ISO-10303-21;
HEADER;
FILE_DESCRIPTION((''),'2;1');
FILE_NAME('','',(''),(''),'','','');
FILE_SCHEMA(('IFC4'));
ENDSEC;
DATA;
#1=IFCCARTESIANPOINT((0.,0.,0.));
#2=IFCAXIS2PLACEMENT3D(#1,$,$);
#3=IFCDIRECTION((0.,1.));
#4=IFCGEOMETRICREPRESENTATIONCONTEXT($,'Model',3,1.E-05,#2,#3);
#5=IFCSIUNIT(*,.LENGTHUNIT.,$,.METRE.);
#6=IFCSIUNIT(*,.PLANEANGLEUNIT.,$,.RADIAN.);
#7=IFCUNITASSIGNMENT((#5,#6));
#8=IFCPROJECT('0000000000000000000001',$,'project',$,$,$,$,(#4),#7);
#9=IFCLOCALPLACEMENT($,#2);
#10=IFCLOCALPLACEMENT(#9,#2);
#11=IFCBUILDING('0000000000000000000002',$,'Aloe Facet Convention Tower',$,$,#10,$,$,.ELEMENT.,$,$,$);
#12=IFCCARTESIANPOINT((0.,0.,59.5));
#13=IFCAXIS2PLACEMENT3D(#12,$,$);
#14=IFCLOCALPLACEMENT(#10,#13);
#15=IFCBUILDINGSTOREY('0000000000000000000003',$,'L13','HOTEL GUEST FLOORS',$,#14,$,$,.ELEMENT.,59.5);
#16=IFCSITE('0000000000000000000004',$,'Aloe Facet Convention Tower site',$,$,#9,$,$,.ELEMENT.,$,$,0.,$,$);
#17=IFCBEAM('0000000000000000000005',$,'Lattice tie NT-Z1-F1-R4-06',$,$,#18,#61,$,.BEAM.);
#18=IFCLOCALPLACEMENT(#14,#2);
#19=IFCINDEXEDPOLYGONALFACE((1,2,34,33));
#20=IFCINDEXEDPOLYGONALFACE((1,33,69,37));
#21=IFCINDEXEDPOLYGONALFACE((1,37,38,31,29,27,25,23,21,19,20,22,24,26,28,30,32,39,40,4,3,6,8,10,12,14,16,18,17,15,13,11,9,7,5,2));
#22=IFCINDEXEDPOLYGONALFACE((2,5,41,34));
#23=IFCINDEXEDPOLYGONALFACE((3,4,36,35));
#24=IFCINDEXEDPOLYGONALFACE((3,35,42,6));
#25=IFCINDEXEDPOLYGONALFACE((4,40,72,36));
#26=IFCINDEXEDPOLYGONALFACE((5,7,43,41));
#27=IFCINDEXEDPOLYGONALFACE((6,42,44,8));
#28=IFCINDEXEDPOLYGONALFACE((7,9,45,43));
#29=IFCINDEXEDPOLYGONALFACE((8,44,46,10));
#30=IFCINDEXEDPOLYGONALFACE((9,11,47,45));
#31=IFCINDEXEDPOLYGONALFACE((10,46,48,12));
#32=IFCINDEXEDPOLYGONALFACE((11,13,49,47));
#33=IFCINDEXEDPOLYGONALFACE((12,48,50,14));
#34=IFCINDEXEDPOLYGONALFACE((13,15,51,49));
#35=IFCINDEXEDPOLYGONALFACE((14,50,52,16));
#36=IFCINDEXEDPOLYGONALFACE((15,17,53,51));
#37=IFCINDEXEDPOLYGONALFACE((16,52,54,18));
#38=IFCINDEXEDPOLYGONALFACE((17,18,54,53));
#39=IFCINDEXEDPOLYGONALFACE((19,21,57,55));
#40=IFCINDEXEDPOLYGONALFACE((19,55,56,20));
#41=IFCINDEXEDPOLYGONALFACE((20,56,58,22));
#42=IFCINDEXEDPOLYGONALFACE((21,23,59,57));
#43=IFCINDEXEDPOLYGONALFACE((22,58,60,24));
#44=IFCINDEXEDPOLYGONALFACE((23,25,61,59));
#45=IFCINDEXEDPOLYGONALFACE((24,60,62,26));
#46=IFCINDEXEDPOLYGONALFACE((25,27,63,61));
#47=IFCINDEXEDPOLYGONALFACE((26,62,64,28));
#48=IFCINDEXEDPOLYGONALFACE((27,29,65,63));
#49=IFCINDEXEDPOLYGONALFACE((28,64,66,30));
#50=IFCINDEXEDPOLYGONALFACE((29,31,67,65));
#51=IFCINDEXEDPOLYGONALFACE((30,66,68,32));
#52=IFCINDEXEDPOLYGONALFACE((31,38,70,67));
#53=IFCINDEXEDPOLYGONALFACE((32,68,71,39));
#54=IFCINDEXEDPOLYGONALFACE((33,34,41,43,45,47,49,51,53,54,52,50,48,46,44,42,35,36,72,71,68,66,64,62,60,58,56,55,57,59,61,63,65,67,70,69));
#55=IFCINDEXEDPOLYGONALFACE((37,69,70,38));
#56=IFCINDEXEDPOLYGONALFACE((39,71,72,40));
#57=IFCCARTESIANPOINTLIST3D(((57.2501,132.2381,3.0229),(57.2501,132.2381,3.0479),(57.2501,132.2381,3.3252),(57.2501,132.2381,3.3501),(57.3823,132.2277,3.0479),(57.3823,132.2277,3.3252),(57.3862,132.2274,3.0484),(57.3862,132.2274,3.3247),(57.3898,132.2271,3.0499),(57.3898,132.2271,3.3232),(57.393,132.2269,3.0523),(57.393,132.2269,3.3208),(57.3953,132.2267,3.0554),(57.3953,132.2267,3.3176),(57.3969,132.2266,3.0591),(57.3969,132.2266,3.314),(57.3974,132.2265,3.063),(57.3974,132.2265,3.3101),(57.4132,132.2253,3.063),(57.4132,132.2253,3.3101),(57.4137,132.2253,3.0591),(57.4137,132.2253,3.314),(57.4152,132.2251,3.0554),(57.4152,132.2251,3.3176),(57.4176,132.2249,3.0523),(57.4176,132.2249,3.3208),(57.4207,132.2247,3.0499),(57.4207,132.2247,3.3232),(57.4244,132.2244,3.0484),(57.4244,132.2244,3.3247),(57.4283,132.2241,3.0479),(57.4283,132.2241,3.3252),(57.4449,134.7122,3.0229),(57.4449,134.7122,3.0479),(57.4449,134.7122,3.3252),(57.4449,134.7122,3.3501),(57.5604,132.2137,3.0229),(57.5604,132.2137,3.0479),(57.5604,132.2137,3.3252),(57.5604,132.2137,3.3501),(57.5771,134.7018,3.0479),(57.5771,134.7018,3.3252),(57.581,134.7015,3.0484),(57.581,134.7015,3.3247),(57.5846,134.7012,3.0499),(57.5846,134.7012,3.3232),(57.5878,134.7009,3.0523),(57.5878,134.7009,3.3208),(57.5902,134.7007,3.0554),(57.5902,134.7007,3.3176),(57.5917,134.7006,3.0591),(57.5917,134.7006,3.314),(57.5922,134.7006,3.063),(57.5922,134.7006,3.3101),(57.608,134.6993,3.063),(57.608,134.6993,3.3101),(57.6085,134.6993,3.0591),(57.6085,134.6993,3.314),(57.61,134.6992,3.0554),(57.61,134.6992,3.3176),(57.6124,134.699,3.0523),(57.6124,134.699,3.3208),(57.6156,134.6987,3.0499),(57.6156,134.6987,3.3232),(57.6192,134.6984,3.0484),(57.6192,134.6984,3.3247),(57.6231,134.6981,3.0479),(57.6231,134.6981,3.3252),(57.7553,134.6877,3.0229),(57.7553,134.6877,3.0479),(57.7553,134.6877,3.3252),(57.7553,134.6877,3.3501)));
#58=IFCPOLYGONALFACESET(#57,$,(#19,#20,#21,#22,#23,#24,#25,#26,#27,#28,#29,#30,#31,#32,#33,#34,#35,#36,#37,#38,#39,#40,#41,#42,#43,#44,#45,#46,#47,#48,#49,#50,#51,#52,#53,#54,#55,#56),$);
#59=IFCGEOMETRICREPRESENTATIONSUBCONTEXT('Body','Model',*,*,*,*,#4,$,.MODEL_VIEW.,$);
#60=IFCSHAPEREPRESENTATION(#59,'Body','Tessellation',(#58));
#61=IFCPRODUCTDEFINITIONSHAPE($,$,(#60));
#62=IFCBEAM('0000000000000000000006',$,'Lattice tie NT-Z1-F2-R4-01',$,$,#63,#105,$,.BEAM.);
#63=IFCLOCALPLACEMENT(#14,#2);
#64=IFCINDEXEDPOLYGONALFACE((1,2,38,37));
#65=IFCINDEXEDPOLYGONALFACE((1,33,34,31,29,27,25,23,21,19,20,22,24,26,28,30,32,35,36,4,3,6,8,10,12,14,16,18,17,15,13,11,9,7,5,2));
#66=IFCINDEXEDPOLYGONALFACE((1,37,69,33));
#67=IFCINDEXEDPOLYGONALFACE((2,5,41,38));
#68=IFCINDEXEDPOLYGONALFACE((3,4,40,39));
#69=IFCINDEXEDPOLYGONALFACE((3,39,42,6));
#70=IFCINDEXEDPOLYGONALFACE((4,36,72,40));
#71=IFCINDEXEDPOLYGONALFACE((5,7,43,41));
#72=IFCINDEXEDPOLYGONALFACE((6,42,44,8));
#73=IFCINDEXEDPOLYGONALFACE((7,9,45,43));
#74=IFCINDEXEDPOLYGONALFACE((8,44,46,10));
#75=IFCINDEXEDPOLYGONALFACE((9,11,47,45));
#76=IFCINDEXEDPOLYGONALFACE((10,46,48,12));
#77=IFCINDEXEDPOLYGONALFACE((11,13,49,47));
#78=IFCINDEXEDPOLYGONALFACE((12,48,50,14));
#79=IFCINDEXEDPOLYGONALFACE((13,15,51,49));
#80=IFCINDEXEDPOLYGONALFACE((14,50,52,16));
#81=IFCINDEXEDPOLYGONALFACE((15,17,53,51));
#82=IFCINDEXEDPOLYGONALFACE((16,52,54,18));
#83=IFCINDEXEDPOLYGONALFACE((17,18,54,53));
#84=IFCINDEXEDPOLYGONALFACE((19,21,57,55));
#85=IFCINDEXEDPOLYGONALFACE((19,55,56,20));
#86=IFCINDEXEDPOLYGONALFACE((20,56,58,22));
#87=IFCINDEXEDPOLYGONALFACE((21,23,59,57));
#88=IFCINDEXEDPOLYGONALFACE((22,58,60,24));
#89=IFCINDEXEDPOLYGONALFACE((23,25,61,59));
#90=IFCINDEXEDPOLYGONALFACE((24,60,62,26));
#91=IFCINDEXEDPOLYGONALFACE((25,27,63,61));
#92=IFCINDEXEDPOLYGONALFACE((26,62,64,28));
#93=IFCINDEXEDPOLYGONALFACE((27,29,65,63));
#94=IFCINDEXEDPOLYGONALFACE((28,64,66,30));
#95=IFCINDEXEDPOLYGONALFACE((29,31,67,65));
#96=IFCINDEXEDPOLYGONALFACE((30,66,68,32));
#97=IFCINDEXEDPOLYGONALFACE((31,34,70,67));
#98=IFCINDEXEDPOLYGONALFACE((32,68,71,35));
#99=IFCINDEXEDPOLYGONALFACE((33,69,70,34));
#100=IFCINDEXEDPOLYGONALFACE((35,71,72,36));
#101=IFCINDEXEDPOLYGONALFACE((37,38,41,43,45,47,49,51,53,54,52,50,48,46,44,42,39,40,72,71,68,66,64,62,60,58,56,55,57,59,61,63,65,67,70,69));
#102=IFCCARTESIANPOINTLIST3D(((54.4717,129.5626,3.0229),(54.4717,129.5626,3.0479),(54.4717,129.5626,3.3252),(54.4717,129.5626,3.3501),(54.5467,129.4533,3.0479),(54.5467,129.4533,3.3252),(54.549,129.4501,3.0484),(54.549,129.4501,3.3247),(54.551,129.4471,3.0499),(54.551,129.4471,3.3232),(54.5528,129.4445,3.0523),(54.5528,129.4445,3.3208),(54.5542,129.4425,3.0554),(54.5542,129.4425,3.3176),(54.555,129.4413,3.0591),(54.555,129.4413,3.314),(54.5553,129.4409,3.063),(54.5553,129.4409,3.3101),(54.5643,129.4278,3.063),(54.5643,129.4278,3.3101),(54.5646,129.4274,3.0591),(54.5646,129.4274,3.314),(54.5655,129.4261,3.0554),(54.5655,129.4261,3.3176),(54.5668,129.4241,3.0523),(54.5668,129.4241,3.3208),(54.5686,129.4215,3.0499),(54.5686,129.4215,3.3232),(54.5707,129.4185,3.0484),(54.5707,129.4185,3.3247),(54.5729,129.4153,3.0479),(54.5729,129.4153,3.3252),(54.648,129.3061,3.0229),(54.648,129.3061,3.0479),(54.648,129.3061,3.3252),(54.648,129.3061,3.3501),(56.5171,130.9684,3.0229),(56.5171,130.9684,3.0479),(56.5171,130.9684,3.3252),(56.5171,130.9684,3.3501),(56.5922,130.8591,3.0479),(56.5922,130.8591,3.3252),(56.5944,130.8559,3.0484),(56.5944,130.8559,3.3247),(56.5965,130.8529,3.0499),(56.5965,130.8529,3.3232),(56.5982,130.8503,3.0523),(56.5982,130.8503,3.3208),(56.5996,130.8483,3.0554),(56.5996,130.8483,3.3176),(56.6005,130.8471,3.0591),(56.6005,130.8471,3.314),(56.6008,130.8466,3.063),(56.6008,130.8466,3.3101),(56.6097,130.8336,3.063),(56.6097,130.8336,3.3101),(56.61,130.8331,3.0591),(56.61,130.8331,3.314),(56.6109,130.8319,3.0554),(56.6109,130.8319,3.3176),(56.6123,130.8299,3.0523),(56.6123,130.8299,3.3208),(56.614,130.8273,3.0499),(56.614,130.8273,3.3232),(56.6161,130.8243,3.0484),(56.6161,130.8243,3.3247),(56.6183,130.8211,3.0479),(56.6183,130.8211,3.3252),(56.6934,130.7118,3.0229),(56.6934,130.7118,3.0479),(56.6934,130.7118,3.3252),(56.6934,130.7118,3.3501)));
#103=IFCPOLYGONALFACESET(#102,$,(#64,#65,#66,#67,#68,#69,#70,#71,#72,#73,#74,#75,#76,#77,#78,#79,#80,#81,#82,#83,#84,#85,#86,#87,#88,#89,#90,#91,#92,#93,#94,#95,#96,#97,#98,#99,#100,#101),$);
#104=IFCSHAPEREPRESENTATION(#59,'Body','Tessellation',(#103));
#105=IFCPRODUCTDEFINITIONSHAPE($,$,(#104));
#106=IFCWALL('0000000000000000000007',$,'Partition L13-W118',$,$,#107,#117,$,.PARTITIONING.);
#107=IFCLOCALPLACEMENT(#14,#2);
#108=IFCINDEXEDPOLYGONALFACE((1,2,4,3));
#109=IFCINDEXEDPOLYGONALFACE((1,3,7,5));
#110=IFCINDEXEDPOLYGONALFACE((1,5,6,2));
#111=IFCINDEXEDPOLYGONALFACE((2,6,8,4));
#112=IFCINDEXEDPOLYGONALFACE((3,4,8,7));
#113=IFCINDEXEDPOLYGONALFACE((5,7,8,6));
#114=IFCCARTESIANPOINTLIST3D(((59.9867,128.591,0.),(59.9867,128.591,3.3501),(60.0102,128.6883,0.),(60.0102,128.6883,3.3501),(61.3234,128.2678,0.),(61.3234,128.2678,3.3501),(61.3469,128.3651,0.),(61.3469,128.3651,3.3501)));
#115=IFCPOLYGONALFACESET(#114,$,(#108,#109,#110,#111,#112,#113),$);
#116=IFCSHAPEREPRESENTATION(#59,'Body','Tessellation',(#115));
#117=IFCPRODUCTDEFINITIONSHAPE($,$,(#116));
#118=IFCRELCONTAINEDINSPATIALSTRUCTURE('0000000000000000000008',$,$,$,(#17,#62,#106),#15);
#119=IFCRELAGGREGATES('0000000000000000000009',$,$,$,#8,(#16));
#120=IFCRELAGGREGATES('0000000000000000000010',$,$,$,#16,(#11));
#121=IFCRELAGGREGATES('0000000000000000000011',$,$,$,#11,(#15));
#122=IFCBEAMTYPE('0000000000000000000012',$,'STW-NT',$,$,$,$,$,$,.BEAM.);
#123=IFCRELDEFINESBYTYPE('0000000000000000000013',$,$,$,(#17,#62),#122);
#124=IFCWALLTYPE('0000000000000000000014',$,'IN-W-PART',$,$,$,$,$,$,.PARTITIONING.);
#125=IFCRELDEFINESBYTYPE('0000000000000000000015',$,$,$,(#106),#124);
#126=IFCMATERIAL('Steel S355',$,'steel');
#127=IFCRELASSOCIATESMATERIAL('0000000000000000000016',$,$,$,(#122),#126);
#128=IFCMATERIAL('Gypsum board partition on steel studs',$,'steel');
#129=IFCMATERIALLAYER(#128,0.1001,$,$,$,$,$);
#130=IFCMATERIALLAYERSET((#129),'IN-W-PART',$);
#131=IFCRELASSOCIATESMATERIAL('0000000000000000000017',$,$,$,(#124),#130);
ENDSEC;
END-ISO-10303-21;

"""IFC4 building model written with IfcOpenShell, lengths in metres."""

from ifc_helpers import new_model, si_unit, direction, frame, frame_2d, origin, origin_2d, place, context, subcontext, project, spatial, rectangle, i_section, extrude, material, layer, layer_set, material_profile, profile_set, type_object, element, save


model = new_model("IFC4")

# Units and contexts
model_context = context("Model", 3, precision=1e-05, world=origin(), true_north=direction((0.0, 1.0)))
body_context = subcontext(model_context, "Body", "Model", "MODEL_VIEW")
ifc_project = project(units=[si_unit("LENGTHUNIT", "METRE"), si_unit("PLANEANGLEUNIT", "RADIAN")], contexts=[model_context])

# Site, building, storey
site_placement = place(None, origin())
site = spatial("IfcSite", under=ifc_project, at=site_placement, Name="Aloe Facet Convention Tower site", CompositionType="ELEMENT", RefElevation=0.0)
building_placement = place(site_placement, origin())
building = spatial("IfcBuilding", under=site, at=building_placement, Name="Aloe Facet Convention Tower", CompositionType="ELEMENT")
storey_placement = place(building_placement, frame((0.0, 0.0, 59.5)))
storey = spatial("IfcBuildingStorey", under=building, at=storey_placement, Name="L13", Description="HOTEL GUEST FLOORS", CompositionType="ELEMENT", Elevation=59.5)

# Beams
ifc_material_1 = material(Name="Steel S355", Category="steel")
ifc_material_profile_1 = material_profile(ifc_material_1, i_section(OverallWidth=0.3113, OverallDepth=0.3271, WebThickness=0.0159, FlangeThickness=0.0249, FilletRadius=0.0151, at=origin_2d()), Name="UC 305x305x158")
ifc_profile_set_1 = profile_set([ifc_material_profile_1], Name="Steel S355")
beam_type_1 = type_object("IfcBeamType", Name="STW-NT", PredefinedType="BEAM", material=ifc_profile_set_1)
beam_1_placement = place(storey_placement, frame((57.6001, 134.7, 3.1865), z_axis=(-0.078502, -0.996914, 0.0), x_axis=(0.996914, -0.078502, 0.0)))
element("IfcBeam", 1, at=beam_1_placement, inside=storey, type_object=beam_type_1, Name="Lattice tie NT-Z1-F1-R4-06", PredefinedType="BEAM", context=body_context, shape_type="SweptSolid", body=[
    extrude(i_section(OverallWidth=0.3113, OverallDepth=0.3271, WebThickness=0.0159, FlangeThickness=0.0249, FilletRadius=0.0151, at=origin_2d()), origin(), (0.0, 0.0, 1.0), 2.4817),
])
beam_2_placement = place(storey_placement, frame((54.5598, 129.4343, 3.1865), z_axis=(0.824128, 0.566404, 0.0), x_axis=(-0.566404, 0.824128, 0.0)))
element("IfcBeam", 2, at=beam_2_placement, inside=storey, type_object=beam_type_1, Name="Lattice tie NT-Z1-F2-R4-01", PredefinedType="BEAM", context=body_context, shape_type="SweptSolid", body=[
    extrude(i_section(OverallWidth=0.3113, OverallDepth=0.3271, WebThickness=0.0159, FlangeThickness=0.0249, FilletRadius=0.0151, at=origin_2d()), origin(), (0.0, 0.0, 1.0), 2.4819),
])

# Wall
ifc_material_2 = material(Name="Gypsum board partition on steel studs", Category="steel")
ifc_layer_1 = layer(ifc_material_2, 0.1001)
ifc_layer_set_1 = layer_set([ifc_layer_1], Name="IN-W-PART")
wall_type_1 = type_object("IfcWallType", Name="IN-W-PART", PredefinedType="PARTITIONING", material=ifc_layer_set_1)
wall_1_placement = place(storey_placement, frame((59.9985, 128.6396, 0.0), z_axis=(0.0, 0.0, 1.0), x_axis=(0.971983, -0.235051, 0.0)))
element("IfcWall", 3, at=wall_1_placement, inside=storey, type_object=wall_type_1, Name="Partition L13-W118", PredefinedType="PARTITIONING", context=body_context, shape_type="SweptSolid", body=[
    extrude(rectangle(XDim=1.3752, YDim=0.1001, at=frame_2d((0.6875, 0.0))), origin(), (0.0, 0.0, 1.0), 3.3501),
])

save(model, "model.ifc")
